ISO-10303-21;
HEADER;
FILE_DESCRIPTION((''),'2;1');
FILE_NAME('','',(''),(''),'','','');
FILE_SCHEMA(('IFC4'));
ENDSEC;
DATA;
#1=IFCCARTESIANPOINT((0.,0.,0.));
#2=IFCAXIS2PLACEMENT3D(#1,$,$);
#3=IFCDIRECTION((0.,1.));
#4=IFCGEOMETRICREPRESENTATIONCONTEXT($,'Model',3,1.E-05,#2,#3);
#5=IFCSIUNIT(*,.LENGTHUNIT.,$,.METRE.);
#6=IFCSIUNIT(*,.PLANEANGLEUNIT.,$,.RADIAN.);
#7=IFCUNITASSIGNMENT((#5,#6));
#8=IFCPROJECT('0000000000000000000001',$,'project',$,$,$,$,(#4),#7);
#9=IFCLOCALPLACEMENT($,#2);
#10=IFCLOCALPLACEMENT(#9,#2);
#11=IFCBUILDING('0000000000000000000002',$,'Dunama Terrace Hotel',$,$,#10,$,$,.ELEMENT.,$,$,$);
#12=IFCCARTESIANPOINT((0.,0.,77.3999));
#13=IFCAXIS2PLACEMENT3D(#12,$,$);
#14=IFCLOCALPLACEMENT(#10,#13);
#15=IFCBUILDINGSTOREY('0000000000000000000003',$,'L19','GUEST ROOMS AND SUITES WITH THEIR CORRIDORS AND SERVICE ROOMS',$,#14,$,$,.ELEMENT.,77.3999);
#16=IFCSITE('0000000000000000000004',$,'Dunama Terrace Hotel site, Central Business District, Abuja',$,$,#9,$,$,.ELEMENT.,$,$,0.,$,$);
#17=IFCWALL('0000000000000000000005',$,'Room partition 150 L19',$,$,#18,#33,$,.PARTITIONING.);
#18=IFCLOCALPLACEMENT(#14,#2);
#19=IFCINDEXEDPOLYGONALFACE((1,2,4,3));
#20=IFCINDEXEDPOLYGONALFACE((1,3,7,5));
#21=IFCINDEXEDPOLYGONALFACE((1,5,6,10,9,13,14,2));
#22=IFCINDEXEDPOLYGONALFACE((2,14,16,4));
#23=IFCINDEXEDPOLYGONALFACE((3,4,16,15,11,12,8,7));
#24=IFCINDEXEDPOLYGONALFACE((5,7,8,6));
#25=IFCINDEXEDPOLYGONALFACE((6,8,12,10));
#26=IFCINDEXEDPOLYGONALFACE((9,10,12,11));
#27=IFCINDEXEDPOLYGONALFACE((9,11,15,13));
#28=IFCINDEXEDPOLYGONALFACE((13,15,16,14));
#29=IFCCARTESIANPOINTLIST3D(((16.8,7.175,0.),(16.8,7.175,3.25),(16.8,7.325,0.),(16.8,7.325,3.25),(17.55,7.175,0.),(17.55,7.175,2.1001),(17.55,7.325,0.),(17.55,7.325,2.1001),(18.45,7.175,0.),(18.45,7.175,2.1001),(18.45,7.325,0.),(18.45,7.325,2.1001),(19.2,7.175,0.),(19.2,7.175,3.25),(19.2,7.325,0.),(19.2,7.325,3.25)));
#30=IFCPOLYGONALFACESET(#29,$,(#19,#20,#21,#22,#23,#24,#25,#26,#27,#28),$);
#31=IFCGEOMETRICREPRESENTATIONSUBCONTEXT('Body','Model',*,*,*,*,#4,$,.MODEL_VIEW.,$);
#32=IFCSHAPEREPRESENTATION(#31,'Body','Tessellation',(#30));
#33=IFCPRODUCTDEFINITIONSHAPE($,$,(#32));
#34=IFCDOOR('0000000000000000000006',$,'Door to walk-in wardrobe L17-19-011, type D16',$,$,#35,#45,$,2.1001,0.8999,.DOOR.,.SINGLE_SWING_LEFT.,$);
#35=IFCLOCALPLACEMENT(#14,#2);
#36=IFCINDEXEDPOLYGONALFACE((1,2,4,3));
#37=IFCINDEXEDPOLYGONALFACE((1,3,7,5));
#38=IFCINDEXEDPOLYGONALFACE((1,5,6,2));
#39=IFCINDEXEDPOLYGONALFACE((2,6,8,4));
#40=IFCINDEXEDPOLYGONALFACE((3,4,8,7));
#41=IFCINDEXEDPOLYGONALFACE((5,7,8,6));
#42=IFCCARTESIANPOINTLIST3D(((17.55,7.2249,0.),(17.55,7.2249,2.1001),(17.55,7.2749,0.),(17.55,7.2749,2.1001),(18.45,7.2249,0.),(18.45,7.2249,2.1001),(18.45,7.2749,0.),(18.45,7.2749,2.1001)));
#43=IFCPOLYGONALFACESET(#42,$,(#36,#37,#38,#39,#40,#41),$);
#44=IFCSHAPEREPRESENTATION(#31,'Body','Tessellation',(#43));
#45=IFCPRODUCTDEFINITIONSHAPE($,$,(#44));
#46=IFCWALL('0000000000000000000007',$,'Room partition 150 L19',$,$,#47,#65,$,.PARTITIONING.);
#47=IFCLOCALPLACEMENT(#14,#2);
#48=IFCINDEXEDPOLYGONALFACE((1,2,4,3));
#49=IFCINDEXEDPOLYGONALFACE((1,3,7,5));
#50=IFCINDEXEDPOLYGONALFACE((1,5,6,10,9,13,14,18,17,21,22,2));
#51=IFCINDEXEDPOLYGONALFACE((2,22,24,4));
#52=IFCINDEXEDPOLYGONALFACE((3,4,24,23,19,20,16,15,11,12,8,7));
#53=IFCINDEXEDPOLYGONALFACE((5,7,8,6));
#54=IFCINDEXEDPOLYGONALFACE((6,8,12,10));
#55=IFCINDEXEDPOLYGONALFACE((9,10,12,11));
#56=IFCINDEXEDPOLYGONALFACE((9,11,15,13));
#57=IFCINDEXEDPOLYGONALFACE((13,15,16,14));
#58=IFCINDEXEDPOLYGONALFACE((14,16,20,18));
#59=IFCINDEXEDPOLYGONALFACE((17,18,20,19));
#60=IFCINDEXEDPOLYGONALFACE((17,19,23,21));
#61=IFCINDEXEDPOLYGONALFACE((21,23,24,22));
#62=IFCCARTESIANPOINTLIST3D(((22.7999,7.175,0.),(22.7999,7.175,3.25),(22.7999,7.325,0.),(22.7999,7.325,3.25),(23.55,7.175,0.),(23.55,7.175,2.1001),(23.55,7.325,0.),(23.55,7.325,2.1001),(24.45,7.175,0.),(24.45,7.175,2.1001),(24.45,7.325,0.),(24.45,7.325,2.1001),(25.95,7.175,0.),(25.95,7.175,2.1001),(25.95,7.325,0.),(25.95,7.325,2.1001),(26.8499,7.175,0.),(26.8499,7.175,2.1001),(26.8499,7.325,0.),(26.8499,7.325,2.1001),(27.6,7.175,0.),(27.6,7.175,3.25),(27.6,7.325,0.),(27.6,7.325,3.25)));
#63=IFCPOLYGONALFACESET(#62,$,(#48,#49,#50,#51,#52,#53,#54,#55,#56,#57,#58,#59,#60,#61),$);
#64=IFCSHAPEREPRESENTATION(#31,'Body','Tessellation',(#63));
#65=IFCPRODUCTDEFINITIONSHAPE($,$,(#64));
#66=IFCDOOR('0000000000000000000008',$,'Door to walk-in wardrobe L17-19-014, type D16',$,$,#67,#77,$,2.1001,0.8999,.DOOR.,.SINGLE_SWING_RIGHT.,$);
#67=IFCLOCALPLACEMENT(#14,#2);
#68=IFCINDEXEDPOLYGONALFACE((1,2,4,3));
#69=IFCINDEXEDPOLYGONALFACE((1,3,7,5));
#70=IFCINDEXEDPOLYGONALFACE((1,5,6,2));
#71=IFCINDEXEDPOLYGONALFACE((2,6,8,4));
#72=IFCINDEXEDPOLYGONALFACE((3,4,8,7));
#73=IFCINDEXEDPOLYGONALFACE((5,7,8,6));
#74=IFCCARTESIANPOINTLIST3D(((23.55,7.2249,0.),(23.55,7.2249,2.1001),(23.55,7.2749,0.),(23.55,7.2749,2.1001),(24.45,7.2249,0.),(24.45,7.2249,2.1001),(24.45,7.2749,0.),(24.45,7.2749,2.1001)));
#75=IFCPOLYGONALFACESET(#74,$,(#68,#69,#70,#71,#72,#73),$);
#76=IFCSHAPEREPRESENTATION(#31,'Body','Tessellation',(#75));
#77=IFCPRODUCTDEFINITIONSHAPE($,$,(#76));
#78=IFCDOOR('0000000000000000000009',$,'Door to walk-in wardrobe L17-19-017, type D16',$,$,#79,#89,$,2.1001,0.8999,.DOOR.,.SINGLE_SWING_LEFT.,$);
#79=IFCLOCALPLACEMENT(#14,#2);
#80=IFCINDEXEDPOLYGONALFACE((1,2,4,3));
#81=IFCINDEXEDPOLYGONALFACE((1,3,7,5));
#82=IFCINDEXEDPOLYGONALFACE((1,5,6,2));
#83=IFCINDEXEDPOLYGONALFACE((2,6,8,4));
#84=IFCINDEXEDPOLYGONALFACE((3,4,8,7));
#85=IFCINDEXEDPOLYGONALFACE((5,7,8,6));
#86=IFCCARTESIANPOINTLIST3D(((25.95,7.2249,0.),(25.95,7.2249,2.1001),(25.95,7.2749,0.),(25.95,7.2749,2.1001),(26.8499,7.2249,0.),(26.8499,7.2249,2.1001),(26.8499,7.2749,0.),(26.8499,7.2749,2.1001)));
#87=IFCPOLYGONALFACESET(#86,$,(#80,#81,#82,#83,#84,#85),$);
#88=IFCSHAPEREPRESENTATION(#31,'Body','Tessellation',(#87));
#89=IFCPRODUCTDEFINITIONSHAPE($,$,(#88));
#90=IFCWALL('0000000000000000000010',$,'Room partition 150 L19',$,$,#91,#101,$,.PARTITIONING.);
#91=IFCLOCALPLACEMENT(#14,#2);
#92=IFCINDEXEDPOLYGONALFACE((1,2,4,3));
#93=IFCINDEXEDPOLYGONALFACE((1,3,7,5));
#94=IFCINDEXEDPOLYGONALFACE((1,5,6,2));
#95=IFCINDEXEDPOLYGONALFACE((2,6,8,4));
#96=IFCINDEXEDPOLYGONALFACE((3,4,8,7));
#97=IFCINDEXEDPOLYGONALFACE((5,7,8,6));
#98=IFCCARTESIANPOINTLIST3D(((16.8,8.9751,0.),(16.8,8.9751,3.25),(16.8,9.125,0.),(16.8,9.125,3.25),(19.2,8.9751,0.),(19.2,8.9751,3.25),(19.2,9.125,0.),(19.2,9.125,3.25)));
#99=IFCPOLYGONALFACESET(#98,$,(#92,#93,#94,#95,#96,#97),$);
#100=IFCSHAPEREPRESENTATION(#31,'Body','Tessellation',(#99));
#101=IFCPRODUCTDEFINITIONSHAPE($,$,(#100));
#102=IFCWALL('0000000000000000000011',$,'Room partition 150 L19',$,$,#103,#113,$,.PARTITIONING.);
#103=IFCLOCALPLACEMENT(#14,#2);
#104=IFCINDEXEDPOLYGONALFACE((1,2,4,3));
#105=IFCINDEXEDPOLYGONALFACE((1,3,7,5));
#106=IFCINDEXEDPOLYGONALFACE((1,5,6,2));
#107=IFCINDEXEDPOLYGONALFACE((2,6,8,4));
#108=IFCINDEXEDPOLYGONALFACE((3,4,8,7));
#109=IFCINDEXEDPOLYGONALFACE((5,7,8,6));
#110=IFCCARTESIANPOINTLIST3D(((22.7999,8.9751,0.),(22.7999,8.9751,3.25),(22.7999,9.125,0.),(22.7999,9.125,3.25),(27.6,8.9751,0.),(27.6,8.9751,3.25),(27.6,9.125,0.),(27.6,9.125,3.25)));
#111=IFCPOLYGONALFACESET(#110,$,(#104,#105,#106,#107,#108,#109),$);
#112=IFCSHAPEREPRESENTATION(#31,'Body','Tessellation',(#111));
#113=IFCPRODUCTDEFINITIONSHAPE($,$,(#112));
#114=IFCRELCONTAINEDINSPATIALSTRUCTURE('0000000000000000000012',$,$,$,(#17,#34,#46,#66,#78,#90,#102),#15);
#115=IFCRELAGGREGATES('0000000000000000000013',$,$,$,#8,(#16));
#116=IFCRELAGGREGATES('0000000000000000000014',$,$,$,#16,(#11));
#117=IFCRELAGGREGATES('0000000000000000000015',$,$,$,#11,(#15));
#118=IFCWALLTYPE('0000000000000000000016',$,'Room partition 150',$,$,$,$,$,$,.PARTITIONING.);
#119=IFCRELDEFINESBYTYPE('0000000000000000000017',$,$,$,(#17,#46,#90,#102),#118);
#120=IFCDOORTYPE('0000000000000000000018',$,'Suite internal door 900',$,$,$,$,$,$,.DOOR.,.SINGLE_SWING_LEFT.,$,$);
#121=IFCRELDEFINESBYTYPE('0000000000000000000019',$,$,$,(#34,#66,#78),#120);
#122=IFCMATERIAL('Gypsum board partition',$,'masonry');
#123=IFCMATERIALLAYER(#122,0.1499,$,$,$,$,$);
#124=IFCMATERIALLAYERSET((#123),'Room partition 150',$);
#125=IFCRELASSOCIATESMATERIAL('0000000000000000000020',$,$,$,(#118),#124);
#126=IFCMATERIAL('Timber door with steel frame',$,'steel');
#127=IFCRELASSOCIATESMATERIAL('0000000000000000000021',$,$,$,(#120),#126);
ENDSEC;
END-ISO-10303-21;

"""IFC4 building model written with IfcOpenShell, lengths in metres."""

from ifc_helpers import new_model, si_unit, direction, frame, frame_2d, origin, place, context, subcontext, project, spatial, rectangle, extrude, material, layer, layer_set, type_object, element, fill, save


model = new_model("IFC4")

# Units and contexts
model_context = context("Model", 3, precision=1e-05, world=origin(), true_north=direction((0.0, 1.0)))
body_context = subcontext(model_context, "Body", "Model", "MODEL_VIEW")
ifc_project = project(units=[si_unit("LENGTHUNIT", "METRE"), si_unit("PLANEANGLEUNIT", "RADIAN")], contexts=[model_context])

# Site, building, storey
site_placement = place(None, origin())
site = spatial("IfcSite", under=ifc_project, at=site_placement, Name="Dunama Terrace Hotel site, Central Business District, Abuja", CompositionType="ELEMENT", RefElevation=0.0)
building_placement = place(site_placement, origin())
building = spatial("IfcBuilding", under=site, at=building_placement, Name="Dunama Terrace Hotel", CompositionType="ELEMENT")
storey_placement = place(building_placement, frame((0.0, 0.0, 77.3999)))
storey = spatial("IfcBuildingStorey", under=building, at=storey_placement, Name="L19", Description="GUEST ROOMS AND SUITES WITH THEIR CORRIDORS AND SERVICE ROOMS", CompositionType="ELEMENT", Elevation=77.3999)

# Shared definitions
ifc_material_1 = material(Name="Gypsum board partition", Category="masonry")
ifc_layer_1 = layer(ifc_material_1, 0.1499)
ifc_layer_set_1 = layer_set([ifc_layer_1], Name="Room partition 150")
wall_type_1 = type_object("IfcWallType", Name="Room partition 150", PredefinedType="PARTITIONING", material=ifc_layer_set_1)

# Wall, opening, door
wall_1_placement = place(storey_placement, frame((16.8, 7.25, 0.0), z_axis=(0.0, 0.0, 1.0), x_axis=(1.0, 0.0, 0.0)))
wall_1 = element("IfcWall", 1, at=wall_1_placement, inside=storey, type_object=wall_type_1, Name="Room partition 150 L19", PredefinedType="PARTITIONING", context=body_context, shape_type="SweptSolid", body=[
    extrude(rectangle(XDim=2.3999, YDim=0.1499, at=frame_2d((1.2, 0.0))), origin(), (0.0, 0.0, 1.0), 3.25),
])
opening_1_placement = place(wall_1_placement, frame((0.75, 0.0, 0.0)))
opening_1 = element("IfcOpeningElement", 2, at=opening_1_placement, cuts=wall_1, PredefinedType="OPENING", context=body_context, shape_type="SweptSolid", body=[
    extrude(rectangle(XDim=0.8999, YDim=2.1001, at=frame_2d((0.45, 1.05))), frame((0.0, 0.085, 0.0), z_axis=(0.0, -1.0, 0.0), x_axis=(1.0, 0.0, 0.0)), (0.0, 0.0, 1.0), 0.1699),
])
ifc_material_2 = material(Name="Timber door with steel frame", Category="steel")
door_type_1 = type_object("IfcDoorType", Name="Suite internal door 900", OperationType="SINGLE_SWING_LEFT", PredefinedType="DOOR", material=ifc_material_2)
door_1_placement = place(opening_1_placement, origin())
door_1 = element("IfcDoor", 3, at=door_1_placement, inside=storey, type_object=door_type_1, Name="Door to walk-in wardrobe L17-19-011, type D16", OperationType="SINGLE_SWING_LEFT", OverallHeight=2.1001, OverallWidth=0.8999, PredefinedType="DOOR", context=body_context, shape_type="SweptSolid", body=[
    extrude(rectangle(XDim=0.8999, YDim=2.1001, at=frame_2d((0.45, 1.05))), frame((0.0, 0.0249, 0.0), z_axis=(0.0, -1.0, 0.0), x_axis=(1.0, 0.0, 0.0)), (0.0, 0.0, 1.0), 0.05),
])
fill(opening_1, door_1)

# Wall, openings, doors
wall_2_placement = place(storey_placement, frame((22.8, 7.25, 0.0), z_axis=(0.0, 0.0, 1.0), x_axis=(1.0, 0.0, 0.0)))
wall_2 = element("IfcWall", 4, at=wall_2_placement, inside=storey, type_object=wall_type_1, Name="Room partition 150 L19", PredefinedType="PARTITIONING", context=body_context, shape_type="SweptSolid", body=[
    extrude(rectangle(XDim=4.8, YDim=0.1499, at=frame_2d((2.3999, 0.0))), origin(), (0.0, 0.0, 1.0), 3.25),
])
opening_2_placement = place(wall_2_placement, frame((0.75, 0.0, 0.0)))
opening_2 = element("IfcOpeningElement", 5, at=opening_2_placement, cuts=wall_2, PredefinedType="OPENING", context=body_context, shape_type="SweptSolid", body=[
    extrude(rectangle(XDim=0.8999, YDim=2.1001, at=frame_2d((0.45, 1.05))), frame((0.0, 0.085, 0.0), z_axis=(0.0, -1.0, 0.0), x_axis=(1.0, 0.0, 0.0)), (0.0, 0.0, 1.0), 0.1699),
])
opening_3_placement = place(wall_2_placement, frame((3.1499, 0.0, 0.0)))
opening_3 = element("IfcOpeningElement", 6, at=opening_3_placement, cuts=wall_2, PredefinedType="OPENING", context=body_context, shape_type="SweptSolid", body=[
    extrude(rectangle(XDim=0.8999, YDim=2.1001, at=frame_2d((0.45, 1.05))), frame((0.0, 0.085, 0.0), z_axis=(0.0, -1.0, 0.0), x_axis=(1.0, 0.0, 0.0)), (0.0, 0.0, 1.0), 0.1699),
])
door_2_placement = place(opening_2_placement, origin())
door_2 = element("IfcDoor", 7, at=door_2_placement, inside=storey, type_object=door_type_1, Name="Door to walk-in wardrobe L17-19-014, type D16", OperationType="SINGLE_SWING_RIGHT", OverallHeight=2.1001, OverallWidth=0.8999, PredefinedType="DOOR", context=body_context, shape_type="SweptSolid", body=[
    extrude(rectangle(XDim=0.8999, YDim=2.1001, at=frame_2d((0.45, 1.05))), frame((0.0, 0.0249, 0.0), z_axis=(0.0, -1.0, 0.0), x_axis=(1.0, 0.0, 0.0)), (0.0, 0.0, 1.0), 0.05),
])
fill(opening_2, door_2)
door_3_placement = place(opening_3_placement, origin())
door_3 = element("IfcDoor", 8, at=door_3_placement, inside=storey, type_object=door_type_1, Name="Door to walk-in wardrobe L17-19-017, type D16", OperationType="SINGLE_SWING_LEFT", OverallHeight=2.1001, OverallWidth=0.8999, PredefinedType="DOOR", context=body_context, shape_type="SweptSolid", body=[
    extrude(rectangle(XDim=0.8999, YDim=2.1001, at=frame_2d((0.45, 1.05))), frame((0.0, 0.0249, 0.0), z_axis=(0.0, -1.0, 0.0), x_axis=(1.0, 0.0, 0.0)), (0.0, 0.0, 1.0), 0.05),
])
fill(opening_3, door_3)

# Walls
wall_3_placement = place(storey_placement, frame((16.8, 9.05, 0.0), z_axis=(0.0, 0.0, 1.0), x_axis=(1.0, 0.0, 0.0)))
element("IfcWall", 9, at=wall_3_placement, inside=storey, type_object=wall_type_1, Name="Room partition 150 L19", PredefinedType="PARTITIONING", context=body_context, shape_type="SweptSolid", body=[
    extrude(rectangle(XDim=2.3999, YDim=0.1499, at=frame_2d((1.2, 0.0))), origin(), (0.0, 0.0, 1.0), 3.25),
])
wall_4_placement = place(storey_placement, frame((22.8, 9.05, 0.0), z_axis=(0.0, 0.0, 1.0), x_axis=(1.0, 0.0, 0.0)))
element("IfcWall", 10, at=wall_4_placement, inside=storey, type_object=wall_type_1, Name="Room partition 150 L19", PredefinedType="PARTITIONING", context=body_context, shape_type="SweptSolid", body=[
    extrude(rectangle(XDim=4.8, YDim=0.1499, at=frame_2d((2.3999, 0.0))), origin(), (0.0, 0.0, 1.0), 3.25),
])

save(model, "model.ifc")
